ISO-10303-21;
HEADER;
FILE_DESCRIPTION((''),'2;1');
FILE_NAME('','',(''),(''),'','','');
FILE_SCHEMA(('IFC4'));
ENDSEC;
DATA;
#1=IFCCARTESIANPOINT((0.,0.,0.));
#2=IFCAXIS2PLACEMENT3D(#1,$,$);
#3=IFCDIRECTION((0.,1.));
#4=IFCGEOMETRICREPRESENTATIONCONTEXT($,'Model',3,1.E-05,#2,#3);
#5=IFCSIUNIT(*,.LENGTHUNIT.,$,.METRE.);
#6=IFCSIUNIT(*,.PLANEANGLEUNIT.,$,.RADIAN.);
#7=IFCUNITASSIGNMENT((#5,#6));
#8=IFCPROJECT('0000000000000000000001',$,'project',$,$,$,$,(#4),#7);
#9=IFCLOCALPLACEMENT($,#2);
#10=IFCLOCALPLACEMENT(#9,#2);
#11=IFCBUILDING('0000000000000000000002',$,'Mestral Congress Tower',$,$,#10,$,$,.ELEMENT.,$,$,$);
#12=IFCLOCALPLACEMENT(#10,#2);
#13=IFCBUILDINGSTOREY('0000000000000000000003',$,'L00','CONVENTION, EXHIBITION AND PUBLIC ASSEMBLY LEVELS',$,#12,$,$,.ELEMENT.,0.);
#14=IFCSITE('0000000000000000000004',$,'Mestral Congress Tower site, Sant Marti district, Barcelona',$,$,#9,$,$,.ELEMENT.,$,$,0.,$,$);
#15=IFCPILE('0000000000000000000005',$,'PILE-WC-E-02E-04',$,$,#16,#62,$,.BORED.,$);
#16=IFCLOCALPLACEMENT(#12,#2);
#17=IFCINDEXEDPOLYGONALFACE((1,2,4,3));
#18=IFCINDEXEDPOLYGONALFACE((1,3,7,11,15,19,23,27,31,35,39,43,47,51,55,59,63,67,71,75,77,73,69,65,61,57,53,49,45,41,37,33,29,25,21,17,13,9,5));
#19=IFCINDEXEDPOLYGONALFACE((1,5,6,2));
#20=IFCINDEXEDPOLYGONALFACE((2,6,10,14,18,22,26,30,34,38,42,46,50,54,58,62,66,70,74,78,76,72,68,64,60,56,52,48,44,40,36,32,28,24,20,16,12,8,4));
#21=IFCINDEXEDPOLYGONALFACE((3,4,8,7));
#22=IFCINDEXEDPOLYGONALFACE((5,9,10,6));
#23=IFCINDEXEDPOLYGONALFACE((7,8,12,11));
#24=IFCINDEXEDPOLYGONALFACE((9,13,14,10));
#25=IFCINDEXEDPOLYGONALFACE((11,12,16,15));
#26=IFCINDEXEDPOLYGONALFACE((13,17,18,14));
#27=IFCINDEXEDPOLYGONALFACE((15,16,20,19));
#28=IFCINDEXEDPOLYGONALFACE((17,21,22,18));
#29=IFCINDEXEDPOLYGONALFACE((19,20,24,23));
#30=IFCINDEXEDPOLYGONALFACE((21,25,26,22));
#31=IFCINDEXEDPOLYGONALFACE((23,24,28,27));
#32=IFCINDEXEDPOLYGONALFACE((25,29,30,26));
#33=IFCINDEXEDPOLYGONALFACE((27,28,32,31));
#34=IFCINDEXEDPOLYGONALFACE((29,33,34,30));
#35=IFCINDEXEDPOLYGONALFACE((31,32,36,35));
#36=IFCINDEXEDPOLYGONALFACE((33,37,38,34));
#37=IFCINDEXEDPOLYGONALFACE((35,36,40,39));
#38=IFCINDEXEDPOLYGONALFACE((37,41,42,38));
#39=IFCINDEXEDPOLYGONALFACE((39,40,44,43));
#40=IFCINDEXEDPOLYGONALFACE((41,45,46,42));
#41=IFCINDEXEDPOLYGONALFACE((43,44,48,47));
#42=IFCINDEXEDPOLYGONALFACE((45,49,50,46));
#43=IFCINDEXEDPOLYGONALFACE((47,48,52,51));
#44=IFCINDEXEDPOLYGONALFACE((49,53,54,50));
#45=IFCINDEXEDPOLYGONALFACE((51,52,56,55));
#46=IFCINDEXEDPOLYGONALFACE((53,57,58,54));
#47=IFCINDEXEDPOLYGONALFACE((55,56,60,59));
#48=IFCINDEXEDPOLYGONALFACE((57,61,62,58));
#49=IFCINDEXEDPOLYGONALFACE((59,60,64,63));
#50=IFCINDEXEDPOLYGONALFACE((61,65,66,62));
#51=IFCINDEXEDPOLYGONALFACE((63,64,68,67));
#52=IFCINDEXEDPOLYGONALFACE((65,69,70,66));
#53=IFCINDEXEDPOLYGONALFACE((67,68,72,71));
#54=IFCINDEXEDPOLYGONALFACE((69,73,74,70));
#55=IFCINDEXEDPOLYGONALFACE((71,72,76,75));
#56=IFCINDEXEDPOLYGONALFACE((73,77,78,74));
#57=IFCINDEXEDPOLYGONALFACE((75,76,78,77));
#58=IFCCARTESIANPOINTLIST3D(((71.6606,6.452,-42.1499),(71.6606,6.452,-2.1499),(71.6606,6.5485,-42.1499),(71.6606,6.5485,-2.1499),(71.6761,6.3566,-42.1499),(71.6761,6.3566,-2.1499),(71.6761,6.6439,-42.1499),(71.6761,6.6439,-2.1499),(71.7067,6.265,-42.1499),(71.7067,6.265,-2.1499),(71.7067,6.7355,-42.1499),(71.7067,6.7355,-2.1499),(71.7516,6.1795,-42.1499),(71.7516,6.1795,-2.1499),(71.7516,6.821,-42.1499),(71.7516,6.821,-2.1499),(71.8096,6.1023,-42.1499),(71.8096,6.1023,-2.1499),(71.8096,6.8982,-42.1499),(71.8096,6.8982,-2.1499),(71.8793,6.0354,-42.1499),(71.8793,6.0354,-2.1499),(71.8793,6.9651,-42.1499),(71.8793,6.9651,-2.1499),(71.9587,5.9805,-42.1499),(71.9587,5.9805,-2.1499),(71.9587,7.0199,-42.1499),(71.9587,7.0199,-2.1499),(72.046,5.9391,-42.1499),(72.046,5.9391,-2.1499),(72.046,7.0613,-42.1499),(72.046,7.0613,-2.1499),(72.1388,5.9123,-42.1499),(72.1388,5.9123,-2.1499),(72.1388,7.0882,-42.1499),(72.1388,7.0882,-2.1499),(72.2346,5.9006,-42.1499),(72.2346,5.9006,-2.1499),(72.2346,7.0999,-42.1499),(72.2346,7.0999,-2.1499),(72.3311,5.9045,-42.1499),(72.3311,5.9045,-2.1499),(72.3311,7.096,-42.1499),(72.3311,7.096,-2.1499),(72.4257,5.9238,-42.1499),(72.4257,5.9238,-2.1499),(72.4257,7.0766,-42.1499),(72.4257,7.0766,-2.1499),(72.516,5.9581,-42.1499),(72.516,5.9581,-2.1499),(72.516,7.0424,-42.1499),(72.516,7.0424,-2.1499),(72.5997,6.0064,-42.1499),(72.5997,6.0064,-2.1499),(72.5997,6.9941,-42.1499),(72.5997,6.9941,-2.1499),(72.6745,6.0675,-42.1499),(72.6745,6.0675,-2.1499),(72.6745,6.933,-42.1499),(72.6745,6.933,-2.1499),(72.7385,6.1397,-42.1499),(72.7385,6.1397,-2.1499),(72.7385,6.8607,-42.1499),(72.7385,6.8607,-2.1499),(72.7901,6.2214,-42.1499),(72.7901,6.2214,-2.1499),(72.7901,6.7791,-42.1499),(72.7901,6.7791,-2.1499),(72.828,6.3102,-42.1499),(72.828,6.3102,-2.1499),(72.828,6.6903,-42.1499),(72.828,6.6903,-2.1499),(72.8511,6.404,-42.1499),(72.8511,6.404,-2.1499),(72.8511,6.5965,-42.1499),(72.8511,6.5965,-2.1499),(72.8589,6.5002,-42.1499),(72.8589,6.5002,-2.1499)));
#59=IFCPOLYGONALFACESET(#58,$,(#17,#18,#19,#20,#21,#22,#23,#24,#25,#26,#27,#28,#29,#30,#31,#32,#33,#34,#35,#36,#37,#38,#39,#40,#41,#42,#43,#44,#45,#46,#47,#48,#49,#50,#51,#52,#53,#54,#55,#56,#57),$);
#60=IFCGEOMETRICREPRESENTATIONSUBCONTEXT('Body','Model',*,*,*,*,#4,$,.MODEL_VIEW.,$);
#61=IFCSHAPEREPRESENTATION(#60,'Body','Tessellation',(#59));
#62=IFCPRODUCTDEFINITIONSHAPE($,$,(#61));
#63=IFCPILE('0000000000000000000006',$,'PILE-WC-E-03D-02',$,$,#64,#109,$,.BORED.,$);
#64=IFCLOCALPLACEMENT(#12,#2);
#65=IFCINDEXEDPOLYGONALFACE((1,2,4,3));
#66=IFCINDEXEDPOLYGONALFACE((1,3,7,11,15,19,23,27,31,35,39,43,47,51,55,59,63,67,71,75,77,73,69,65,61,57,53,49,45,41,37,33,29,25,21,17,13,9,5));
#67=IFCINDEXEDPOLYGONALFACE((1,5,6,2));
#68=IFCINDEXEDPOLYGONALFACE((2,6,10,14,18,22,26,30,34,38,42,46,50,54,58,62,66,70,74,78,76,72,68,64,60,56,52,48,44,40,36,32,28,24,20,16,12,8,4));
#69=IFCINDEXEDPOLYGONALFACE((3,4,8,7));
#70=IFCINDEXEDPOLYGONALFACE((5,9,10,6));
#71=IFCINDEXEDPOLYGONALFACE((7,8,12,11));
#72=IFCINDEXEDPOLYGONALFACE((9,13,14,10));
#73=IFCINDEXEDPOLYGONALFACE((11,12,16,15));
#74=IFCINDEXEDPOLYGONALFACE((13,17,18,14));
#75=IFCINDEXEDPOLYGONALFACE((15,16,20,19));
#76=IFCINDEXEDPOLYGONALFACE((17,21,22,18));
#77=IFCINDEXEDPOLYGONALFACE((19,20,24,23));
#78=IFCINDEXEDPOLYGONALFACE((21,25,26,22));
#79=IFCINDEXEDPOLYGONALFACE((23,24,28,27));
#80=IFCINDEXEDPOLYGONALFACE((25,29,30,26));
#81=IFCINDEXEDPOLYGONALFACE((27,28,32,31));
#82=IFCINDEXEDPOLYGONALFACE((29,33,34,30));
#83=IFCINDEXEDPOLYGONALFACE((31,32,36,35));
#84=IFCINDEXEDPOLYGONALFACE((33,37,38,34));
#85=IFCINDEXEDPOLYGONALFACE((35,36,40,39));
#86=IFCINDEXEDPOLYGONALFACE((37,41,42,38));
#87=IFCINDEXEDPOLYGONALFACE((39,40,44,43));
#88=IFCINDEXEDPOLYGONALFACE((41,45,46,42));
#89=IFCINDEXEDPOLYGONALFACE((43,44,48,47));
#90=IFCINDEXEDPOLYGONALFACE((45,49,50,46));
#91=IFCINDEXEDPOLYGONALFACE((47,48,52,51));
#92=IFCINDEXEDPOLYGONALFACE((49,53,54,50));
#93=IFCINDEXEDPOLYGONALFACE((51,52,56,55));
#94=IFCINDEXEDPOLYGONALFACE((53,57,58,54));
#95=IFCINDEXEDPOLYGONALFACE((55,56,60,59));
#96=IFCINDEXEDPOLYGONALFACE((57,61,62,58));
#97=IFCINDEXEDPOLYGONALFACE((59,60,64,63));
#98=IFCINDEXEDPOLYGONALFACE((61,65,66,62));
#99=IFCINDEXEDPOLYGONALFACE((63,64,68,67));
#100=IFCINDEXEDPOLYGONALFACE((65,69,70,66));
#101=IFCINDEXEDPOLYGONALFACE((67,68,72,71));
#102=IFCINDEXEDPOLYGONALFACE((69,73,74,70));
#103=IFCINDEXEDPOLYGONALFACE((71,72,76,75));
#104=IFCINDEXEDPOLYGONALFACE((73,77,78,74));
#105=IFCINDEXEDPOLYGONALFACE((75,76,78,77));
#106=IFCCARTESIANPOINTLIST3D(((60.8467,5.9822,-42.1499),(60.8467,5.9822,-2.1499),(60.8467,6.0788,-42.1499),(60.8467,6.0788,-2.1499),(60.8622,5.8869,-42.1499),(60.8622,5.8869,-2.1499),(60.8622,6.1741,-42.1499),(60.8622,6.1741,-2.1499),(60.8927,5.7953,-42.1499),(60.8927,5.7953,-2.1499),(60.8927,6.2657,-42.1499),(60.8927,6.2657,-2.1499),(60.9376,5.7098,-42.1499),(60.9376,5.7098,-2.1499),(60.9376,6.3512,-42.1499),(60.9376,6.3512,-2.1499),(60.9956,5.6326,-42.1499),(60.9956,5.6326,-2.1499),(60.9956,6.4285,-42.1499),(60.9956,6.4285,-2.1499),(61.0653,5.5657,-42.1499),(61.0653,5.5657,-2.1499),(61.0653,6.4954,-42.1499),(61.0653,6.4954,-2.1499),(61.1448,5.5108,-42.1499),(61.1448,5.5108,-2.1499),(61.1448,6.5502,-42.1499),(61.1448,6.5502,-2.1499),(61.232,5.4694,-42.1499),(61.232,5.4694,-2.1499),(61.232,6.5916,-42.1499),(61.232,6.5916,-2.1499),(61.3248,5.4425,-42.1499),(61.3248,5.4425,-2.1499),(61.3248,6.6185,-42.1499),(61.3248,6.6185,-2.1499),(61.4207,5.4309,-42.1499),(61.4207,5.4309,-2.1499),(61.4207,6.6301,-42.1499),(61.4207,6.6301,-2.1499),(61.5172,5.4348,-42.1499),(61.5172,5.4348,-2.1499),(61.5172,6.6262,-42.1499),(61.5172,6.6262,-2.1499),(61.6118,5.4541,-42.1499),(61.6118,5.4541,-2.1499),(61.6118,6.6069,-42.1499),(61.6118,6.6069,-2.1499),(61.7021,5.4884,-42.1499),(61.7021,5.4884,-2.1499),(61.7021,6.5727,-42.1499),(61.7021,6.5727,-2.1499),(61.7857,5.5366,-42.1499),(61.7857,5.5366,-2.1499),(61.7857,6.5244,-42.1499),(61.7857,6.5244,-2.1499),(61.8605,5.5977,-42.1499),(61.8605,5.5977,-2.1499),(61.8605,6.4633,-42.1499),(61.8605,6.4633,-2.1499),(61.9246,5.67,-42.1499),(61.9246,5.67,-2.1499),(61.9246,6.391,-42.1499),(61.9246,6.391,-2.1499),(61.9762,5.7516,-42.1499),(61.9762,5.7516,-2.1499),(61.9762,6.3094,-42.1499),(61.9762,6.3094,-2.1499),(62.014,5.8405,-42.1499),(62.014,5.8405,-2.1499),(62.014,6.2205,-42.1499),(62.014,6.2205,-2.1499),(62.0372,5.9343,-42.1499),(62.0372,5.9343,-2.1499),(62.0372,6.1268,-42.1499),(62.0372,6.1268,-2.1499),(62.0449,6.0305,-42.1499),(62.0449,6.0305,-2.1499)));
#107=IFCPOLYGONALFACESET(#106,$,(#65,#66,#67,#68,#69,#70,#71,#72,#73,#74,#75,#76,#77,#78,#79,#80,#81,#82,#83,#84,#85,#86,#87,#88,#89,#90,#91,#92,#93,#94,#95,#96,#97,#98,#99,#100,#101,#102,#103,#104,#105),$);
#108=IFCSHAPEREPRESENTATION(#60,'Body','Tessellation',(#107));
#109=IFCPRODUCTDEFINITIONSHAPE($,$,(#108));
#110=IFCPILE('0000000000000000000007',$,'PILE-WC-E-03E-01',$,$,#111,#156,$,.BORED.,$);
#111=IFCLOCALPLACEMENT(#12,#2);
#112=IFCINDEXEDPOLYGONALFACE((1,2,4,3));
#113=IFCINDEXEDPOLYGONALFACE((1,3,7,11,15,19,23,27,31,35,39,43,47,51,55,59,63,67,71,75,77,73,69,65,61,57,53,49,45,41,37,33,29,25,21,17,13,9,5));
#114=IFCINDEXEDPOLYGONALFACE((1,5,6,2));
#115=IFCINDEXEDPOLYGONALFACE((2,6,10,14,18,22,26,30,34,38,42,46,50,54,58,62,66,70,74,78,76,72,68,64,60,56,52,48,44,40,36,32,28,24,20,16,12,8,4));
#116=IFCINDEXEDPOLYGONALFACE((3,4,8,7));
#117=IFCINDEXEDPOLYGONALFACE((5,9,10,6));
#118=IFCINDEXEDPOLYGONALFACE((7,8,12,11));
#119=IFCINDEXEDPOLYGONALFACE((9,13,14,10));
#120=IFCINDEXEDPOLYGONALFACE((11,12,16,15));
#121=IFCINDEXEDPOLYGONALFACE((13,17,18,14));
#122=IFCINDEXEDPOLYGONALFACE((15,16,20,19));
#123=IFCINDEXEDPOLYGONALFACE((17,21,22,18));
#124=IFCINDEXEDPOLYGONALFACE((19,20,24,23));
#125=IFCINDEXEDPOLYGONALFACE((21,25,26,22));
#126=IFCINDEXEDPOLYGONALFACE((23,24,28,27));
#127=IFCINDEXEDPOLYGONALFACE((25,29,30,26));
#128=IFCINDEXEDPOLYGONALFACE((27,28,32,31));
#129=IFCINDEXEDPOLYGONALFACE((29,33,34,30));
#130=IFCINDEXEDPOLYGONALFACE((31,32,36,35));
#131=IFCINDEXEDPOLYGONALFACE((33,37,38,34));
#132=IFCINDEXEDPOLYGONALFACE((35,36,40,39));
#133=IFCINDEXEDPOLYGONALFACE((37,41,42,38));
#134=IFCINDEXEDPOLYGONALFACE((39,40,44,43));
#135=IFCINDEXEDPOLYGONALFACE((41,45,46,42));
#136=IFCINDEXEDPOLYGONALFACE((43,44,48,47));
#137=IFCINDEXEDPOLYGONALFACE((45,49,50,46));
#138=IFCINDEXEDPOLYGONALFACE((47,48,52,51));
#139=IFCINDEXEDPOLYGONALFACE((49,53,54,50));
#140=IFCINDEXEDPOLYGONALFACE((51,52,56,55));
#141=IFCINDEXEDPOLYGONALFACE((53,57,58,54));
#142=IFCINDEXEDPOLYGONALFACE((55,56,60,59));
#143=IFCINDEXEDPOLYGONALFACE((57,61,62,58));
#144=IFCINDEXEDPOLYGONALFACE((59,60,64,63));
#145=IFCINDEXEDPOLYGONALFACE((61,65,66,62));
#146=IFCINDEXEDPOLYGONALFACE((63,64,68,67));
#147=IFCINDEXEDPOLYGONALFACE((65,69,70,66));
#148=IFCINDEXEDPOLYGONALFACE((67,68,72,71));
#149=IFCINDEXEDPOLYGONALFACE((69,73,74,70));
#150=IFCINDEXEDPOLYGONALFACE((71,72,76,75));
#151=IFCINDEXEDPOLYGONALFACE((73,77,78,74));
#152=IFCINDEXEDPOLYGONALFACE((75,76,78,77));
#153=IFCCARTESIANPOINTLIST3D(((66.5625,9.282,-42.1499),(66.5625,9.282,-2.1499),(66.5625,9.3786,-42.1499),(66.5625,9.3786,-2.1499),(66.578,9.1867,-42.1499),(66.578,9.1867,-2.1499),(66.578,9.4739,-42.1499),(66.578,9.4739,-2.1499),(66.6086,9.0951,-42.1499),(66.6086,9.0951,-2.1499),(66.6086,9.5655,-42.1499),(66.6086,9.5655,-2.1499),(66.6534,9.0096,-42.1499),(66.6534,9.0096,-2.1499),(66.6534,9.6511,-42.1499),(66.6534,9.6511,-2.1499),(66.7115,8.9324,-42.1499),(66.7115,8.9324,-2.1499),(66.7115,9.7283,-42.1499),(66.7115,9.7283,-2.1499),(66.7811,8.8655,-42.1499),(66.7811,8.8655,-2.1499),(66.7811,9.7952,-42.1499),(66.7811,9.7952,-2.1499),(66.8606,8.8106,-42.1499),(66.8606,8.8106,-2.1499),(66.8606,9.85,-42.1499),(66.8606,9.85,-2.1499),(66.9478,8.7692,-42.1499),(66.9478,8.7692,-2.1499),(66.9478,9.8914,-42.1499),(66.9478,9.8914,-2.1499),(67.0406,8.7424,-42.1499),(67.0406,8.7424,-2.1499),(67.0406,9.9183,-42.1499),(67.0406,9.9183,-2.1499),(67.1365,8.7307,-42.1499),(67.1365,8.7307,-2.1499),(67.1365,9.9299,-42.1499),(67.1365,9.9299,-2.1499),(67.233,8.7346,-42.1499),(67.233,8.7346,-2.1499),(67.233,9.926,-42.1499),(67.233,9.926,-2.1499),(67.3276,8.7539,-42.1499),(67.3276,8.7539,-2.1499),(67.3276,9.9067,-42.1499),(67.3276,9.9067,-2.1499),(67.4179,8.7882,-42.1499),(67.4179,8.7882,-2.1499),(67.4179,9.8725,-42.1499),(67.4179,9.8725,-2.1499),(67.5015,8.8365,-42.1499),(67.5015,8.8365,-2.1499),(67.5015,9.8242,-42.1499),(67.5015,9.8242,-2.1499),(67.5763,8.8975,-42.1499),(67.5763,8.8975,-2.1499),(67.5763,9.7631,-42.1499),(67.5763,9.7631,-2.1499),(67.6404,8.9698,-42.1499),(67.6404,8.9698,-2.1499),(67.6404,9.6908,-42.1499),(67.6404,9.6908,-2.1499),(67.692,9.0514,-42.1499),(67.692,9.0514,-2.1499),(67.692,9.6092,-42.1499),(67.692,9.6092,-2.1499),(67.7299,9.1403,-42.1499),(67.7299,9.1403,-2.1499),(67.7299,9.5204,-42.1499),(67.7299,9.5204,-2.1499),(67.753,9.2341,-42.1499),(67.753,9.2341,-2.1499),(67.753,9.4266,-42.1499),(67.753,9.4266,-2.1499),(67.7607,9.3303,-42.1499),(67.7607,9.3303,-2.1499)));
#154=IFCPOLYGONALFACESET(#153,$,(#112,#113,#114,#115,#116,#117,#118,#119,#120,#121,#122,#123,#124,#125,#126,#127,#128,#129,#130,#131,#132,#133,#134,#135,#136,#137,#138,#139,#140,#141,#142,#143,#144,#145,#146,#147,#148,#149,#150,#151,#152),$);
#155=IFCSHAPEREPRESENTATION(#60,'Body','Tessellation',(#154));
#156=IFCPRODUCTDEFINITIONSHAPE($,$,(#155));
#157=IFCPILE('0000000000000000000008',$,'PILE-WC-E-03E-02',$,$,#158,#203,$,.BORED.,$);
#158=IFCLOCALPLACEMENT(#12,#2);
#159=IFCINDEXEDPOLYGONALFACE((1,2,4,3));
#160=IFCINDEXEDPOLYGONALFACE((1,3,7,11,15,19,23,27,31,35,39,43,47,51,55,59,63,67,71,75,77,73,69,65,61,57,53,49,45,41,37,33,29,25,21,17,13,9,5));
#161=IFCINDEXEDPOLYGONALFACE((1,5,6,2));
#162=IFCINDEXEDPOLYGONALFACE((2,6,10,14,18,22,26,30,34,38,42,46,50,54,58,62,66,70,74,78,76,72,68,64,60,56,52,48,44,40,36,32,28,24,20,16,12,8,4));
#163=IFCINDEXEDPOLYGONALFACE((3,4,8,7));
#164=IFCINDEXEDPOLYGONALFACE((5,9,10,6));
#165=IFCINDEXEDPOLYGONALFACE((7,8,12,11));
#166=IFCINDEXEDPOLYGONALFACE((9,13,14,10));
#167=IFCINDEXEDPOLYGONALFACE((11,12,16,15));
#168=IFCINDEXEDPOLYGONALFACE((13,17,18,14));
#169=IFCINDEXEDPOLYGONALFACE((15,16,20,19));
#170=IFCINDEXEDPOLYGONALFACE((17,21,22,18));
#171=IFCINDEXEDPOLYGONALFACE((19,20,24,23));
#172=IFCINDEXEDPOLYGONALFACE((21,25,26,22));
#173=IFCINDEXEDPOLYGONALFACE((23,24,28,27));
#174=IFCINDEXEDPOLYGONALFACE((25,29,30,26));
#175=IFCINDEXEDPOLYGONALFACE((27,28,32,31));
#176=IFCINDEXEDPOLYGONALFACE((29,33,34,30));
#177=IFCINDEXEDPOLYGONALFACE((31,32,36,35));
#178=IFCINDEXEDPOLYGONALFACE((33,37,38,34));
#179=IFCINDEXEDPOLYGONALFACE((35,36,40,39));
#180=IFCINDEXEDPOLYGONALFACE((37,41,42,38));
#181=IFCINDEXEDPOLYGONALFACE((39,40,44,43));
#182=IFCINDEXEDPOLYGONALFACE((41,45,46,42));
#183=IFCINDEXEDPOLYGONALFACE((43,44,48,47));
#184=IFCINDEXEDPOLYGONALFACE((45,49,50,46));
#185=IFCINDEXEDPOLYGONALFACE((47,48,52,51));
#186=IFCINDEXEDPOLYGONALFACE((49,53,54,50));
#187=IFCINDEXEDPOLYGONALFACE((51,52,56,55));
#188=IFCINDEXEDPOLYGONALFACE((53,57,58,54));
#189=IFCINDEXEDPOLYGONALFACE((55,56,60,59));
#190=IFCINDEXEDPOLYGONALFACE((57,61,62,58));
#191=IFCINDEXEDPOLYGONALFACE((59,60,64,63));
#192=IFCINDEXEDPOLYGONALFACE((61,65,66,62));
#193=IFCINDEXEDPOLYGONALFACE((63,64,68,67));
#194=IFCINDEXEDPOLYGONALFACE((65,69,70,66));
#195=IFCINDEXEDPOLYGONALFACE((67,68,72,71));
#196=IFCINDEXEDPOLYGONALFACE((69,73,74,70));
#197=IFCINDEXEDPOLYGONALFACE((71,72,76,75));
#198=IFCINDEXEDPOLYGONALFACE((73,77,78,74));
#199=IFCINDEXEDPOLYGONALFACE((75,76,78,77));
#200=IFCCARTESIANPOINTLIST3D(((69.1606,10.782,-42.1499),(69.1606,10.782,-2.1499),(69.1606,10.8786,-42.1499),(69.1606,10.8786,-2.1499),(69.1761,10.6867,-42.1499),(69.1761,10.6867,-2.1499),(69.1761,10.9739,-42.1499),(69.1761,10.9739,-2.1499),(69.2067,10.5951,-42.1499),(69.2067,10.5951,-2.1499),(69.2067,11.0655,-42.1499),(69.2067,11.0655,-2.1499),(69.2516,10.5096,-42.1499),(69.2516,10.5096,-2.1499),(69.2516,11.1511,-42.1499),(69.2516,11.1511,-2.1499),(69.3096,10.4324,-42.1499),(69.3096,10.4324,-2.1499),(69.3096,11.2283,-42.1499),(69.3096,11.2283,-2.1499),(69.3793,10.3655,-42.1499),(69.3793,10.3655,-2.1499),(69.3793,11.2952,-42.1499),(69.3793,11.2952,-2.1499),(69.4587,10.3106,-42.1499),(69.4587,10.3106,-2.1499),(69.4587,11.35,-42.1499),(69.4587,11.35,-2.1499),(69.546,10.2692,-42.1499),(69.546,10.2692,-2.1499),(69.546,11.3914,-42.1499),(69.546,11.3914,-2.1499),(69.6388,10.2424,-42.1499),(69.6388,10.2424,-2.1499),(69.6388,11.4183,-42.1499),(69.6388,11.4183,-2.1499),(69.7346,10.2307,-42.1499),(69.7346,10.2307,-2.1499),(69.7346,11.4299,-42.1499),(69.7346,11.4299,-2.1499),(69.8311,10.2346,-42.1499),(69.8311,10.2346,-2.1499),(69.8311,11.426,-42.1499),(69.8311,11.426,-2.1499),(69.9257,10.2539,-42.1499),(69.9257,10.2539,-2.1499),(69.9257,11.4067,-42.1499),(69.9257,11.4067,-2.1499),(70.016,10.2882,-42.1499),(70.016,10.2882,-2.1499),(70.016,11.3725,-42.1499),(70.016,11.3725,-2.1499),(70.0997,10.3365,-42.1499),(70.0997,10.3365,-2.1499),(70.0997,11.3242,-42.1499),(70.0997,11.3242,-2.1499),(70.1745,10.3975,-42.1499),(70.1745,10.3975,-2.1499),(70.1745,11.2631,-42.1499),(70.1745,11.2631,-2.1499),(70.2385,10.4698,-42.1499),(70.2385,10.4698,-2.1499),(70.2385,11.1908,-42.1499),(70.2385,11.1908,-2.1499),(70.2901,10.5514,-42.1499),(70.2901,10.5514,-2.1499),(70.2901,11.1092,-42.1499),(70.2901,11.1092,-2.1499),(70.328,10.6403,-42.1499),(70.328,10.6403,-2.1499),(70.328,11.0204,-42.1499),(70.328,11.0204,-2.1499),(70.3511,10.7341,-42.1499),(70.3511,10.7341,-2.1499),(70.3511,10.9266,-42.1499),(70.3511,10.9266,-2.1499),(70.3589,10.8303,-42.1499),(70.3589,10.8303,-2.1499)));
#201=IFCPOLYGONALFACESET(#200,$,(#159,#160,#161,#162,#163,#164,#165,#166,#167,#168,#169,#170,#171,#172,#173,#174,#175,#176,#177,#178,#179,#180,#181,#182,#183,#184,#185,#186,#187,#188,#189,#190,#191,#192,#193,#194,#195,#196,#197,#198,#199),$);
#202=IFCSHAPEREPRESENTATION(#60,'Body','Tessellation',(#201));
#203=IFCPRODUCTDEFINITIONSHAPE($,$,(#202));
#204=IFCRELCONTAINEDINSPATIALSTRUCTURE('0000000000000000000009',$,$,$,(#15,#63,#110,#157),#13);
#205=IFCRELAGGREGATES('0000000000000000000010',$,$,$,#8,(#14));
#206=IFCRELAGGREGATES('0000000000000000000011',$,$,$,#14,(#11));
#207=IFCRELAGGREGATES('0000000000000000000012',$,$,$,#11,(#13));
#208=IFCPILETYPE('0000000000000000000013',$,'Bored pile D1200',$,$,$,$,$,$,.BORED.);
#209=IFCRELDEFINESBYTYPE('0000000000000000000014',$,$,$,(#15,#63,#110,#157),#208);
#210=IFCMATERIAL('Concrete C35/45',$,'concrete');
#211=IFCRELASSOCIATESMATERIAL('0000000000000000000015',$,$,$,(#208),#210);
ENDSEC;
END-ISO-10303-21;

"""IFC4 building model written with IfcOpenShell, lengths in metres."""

from ifc_helpers import new_model, si_unit, direction, frame, origin, origin_2d, place, context, subcontext, project, spatial, circle, extrude, material, material_profile, profile_set, type_object, element, save


model = new_model("IFC4")

# Units and contexts
model_context = context("Model", 3, precision=1e-05, world=origin(), true_north=direction((0.0, 1.0)))
body_context = subcontext(model_context, "Body", "Model", "MODEL_VIEW")
ifc_project = project(units=[si_unit("LENGTHUNIT", "METRE"), si_unit("PLANEANGLEUNIT", "RADIAN")], contexts=[model_context])

# Site, building, storey
site_placement = place(None, origin())
site = spatial("IfcSite", under=ifc_project, at=site_placement, Name="Mestral Congress Tower site, Sant Marti district, Barcelona", CompositionType="ELEMENT", RefElevation=0.0)
building_placement = place(site_placement, origin())
building = spatial("IfcBuilding", under=site, at=building_placement, Name="Mestral Congress Tower", CompositionType="ELEMENT")
storey_placement = place(building_placement, origin())
storey = spatial("IfcBuildingStorey", under=building, at=storey_placement, Name="L00", Description="CONVENTION, EXHIBITION AND PUBLIC ASSEMBLY LEVELS", CompositionType="ELEMENT", Elevation=0.0)

# Piles
ifc_material_1 = material(Name="Concrete C35/45", Category="concrete")
ifc_material_profile_1 = material_profile(ifc_material_1, circle(Radius=0.6001, at=origin_2d()), Name="D1200")
ifc_profile_set_1 = profile_set([ifc_material_profile_1], Name="Concrete C35/45")
pile_type = type_object("IfcPileType", Name="Bored pile D1200", PredefinedType="BORED", material=ifc_profile_set_1)
for number, where, z_axis, x_axis, name in (
    (1, (72.2588, 6.5002, -2.1499), (0.0, 0.0, -1.0), (1.0, 0.0, 0.0), "PILE-WC-E-02E-04"),
    (2, (61.4448, 6.0305, -2.1499), (0.0, 0.0, -1.0), (1.0, 0.0, 0.0), "PILE-WC-E-03D-02"),
    (3, (67.1606, 9.3303, -2.1499), (0.0, 0.0, -1.0), (1.0, 0.0, 0.0), "PILE-WC-E-03E-01"),
    (4, (69.7588, 10.8303, -2.1499), (0.0, 0.0, -1.0), (1.0, 0.0, 0.0), "PILE-WC-E-03E-02"),
):
    element("IfcPile", number, at=place(storey_placement, frame(where, z_axis=z_axis, x_axis=x_axis)), inside=storey, type_object=pile_type, Name=name, PredefinedType="BORED", context=body_context, shape_type="SweptSolid", body=[
        extrude(circle(Radius=0.6001, at=origin_2d()), origin(), (0.0, 0.0, 1.0), 40.0),
    ])

save(model, "model.ifc")
